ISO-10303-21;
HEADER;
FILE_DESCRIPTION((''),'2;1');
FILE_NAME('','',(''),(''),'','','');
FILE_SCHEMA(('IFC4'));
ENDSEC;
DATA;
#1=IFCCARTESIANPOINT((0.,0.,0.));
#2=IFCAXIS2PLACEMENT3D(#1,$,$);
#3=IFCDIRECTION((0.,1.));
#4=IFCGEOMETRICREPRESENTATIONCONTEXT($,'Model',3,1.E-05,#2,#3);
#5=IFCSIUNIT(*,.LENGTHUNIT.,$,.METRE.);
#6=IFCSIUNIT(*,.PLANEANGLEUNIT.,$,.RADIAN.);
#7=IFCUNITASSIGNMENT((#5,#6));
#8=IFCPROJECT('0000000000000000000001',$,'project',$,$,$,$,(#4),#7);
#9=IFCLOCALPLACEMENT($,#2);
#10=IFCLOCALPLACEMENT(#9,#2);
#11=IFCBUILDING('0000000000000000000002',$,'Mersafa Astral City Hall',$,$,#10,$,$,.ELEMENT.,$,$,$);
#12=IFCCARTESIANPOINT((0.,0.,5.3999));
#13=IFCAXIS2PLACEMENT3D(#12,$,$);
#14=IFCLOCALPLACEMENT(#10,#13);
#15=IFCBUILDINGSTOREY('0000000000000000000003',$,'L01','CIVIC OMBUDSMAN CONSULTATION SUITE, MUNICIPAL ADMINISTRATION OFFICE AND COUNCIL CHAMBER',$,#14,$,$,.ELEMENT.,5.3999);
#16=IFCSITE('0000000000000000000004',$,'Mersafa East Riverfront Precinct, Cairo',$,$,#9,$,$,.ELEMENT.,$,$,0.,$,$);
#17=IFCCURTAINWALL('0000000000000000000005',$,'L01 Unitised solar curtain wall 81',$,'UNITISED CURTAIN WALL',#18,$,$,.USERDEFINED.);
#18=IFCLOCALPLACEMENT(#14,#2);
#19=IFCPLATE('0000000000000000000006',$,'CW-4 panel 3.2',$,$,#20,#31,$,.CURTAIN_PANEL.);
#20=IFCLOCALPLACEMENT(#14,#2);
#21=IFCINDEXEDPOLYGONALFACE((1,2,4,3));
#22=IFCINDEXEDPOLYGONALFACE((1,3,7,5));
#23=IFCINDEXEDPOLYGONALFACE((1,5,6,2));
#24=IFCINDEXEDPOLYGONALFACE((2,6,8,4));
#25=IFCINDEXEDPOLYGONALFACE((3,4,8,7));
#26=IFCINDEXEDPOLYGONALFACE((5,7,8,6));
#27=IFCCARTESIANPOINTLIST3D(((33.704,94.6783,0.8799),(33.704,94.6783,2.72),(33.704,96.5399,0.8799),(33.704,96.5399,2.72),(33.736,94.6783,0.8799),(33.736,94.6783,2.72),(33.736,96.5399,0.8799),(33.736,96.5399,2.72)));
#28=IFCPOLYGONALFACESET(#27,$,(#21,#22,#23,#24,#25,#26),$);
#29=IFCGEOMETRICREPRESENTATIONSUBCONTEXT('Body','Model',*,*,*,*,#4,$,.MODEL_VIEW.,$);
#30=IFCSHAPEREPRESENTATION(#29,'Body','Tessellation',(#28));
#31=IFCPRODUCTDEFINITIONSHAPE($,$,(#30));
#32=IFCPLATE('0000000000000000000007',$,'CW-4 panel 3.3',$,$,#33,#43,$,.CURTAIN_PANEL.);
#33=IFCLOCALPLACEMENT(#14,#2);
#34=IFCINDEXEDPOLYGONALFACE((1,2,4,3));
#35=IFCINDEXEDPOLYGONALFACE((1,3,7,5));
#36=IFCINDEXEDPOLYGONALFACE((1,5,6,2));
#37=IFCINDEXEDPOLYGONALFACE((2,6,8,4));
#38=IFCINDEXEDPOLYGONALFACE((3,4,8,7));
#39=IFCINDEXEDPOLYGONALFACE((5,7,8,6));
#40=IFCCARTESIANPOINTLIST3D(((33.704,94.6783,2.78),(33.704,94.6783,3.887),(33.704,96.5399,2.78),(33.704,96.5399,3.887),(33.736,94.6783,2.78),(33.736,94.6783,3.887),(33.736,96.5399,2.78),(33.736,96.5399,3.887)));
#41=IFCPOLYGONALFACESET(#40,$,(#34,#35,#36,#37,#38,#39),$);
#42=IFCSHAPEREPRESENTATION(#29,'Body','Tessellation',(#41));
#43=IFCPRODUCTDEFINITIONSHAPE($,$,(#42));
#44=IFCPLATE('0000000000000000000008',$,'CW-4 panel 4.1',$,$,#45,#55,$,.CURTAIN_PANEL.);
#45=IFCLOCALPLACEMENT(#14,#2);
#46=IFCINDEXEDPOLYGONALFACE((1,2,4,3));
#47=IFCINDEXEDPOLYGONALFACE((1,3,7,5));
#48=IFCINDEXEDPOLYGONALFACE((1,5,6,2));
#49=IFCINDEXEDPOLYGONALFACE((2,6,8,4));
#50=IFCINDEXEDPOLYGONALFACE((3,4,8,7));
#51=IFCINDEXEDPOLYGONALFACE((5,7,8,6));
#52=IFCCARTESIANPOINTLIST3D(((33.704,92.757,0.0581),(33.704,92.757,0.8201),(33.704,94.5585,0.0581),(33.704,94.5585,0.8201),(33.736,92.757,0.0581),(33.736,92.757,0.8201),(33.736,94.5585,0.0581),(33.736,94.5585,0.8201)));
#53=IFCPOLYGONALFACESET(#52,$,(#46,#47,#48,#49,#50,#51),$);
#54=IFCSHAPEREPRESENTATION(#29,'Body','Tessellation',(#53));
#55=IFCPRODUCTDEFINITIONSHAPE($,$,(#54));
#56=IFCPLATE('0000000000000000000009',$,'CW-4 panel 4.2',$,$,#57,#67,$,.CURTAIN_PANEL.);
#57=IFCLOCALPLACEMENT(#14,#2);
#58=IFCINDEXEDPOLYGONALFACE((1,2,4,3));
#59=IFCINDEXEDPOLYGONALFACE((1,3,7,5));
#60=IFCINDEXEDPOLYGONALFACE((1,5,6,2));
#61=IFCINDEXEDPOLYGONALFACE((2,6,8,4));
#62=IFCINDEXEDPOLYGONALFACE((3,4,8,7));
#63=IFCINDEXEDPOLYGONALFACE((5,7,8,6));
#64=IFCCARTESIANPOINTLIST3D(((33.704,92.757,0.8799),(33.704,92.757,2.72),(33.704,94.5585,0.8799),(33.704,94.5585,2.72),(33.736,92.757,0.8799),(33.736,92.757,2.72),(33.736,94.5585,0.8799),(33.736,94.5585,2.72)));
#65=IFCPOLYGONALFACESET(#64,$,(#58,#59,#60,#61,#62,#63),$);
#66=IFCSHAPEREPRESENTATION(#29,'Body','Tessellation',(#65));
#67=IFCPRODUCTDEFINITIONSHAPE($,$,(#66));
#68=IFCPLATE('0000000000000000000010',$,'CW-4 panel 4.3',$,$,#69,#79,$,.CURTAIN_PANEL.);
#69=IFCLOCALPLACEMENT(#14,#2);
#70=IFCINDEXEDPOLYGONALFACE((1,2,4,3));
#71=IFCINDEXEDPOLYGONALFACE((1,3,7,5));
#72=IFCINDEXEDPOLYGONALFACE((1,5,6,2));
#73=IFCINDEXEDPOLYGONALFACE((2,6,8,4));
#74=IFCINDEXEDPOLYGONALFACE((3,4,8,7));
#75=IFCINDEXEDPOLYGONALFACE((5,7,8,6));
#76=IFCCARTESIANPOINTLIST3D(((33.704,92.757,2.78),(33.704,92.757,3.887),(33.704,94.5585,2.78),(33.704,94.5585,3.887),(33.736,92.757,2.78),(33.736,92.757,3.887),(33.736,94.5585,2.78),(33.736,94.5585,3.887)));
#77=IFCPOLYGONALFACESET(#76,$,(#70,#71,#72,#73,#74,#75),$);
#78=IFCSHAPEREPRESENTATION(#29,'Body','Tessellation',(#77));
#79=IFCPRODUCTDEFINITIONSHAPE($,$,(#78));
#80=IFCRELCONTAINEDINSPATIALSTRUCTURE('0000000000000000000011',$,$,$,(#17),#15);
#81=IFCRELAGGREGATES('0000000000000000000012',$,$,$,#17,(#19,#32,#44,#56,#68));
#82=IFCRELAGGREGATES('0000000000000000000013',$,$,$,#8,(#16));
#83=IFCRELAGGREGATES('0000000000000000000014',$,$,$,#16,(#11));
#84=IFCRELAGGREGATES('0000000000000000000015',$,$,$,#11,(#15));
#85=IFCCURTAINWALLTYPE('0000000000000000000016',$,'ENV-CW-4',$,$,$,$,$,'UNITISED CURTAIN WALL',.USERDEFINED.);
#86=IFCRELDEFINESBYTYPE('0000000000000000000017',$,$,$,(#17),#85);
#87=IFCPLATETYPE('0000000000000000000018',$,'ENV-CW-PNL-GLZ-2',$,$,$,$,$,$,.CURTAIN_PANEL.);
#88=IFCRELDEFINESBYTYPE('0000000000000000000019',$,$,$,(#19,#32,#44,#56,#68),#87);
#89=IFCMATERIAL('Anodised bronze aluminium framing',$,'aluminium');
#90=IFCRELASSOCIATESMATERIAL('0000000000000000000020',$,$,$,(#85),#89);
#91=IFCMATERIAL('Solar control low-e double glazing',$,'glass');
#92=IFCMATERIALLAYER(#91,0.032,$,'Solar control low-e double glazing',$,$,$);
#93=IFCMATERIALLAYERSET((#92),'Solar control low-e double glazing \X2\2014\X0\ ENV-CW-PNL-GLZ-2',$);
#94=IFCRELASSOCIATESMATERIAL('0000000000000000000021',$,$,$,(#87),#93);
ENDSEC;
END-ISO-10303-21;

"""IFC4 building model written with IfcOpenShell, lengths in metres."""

from ifc_helpers import new_model, si_unit, direction, frame, origin, origin_2d, place, context, subcontext, project, spatial, rectangle, extrude, material, layer, layer_set, type_object, element, aggregate, save


model = new_model("IFC4")

# Units and contexts
model_context = context("Model", 3, precision=1e-05, world=origin(), true_north=direction((0.0, 1.0)))
body_context = subcontext(model_context, "Body", "Model", "MODEL_VIEW")
ifc_project = project(units=[si_unit("LENGTHUNIT", "METRE"), si_unit("PLANEANGLEUNIT", "RADIAN")], contexts=[model_context])

# Site, building, storey
site_placement = place(None, origin())
site = spatial("IfcSite", under=ifc_project, at=site_placement, Name="Mersafa East Riverfront Precinct, Cairo", CompositionType="ELEMENT", RefElevation=0.0)
building_placement = place(site_placement, origin())
building = spatial("IfcBuilding", under=site, at=building_placement, Name="Mersafa Astral City Hall", CompositionType="ELEMENT")
storey_placement = place(building_placement, frame((0.0, 0.0, 5.3999)))
storey = spatial("IfcBuildingStorey", under=building, at=storey_placement, Name="L01", Description="CIVIC OMBUDSMAN CONSULTATION SUITE, MUNICIPAL ADMINISTRATION OFFICE AND COUNCIL CHAMBER", CompositionType="ELEMENT", Elevation=5.3999)

# Curtain wall, plates
ifc_material_1 = material(Name="Anodised bronze aluminium framing", Category="aluminium")
curtain_wall_type = type_object("IfcCurtainWallType", Name="ENV-CW-4", ElementType="UNITISED CURTAIN WALL", PredefinedType="USERDEFINED", material=ifc_material_1)
curtain_wall_placement = place(storey_placement, origin())
curtain_wall = element("IfcCurtainWall", 1, at=curtain_wall_placement, inside=storey, type_object=curtain_wall_type, Name="L01 Unitised solar curtain wall 81", ObjectType="UNITISED CURTAIN WALL", PredefinedType="USERDEFINED")
ifc_material_2 = material(Name="Solar control low-e double glazing", Category="glass")
ifc_layer = layer(ifc_material_2, 0.032, Name="Solar control low-e double glazing")
ifc_layer_set = layer_set([ifc_layer], Name="Solar control low-e double glazing — ENV-CW-PNL-GLZ-2")
plate_type = type_object("IfcPlateType", Name="ENV-CW-PNL-GLZ-2", PredefinedType="CURTAIN_PANEL", material=ifc_layer_set)
plate_1_placement = place(storey_placement, frame((33.72, 95.6091, 0.8799), z_axis=(0.0, 0.0, 1.0), x_axis=(0.0, -1.0, 0.0)))
plate_1 = element("IfcPlate", 2, at=plate_1_placement, type_object=plate_type, Name="CW-4 panel 3.2", PredefinedType="CURTAIN_PANEL", context=body_context, shape_type="SweptSolid", body=[
    extrude(rectangle(XDim=1.8616, YDim=0.032, at=origin_2d()), origin(), (0.0, 0.0, 1.0), 1.8401),
])
plate_2_placement = place(storey_placement, frame((33.72, 95.6091, 2.78), z_axis=(0.0, 0.0, 1.0), x_axis=(0.0, -1.0, 0.0)))
plate_2 = element("IfcPlate", 3, at=plate_2_placement, type_object=plate_type, Name="CW-4 panel 3.3", PredefinedType="CURTAIN_PANEL", context=body_context, shape_type="SweptSolid", body=[
    extrude(rectangle(XDim=1.8616, YDim=0.032, at=origin_2d()), origin(), (0.0, 0.0, 1.0), 1.1069),
])
plate_3_placement = place(storey_placement, frame((33.72, 93.6577, 0.0581), z_axis=(0.0, 0.0, 1.0), x_axis=(0.0, -1.0, 0.0)))
plate_3 = element("IfcPlate", 4, at=plate_3_placement, type_object=plate_type, Name="CW-4 panel 4.1", PredefinedType="CURTAIN_PANEL", context=body_context, shape_type="SweptSolid", body=[
    extrude(rectangle(XDim=1.8015, YDim=0.032, at=origin_2d()), origin(), (0.0, 0.0, 1.0), 0.762),
])
plate_4_placement = place(storey_placement, frame((33.72, 93.6577, 0.8799), z_axis=(0.0, 0.0, 1.0), x_axis=(0.0, -1.0, 0.0)))
plate_4 = element("IfcPlate", 5, at=plate_4_placement, type_object=plate_type, Name="CW-4 panel 4.2", PredefinedType="CURTAIN_PANEL", context=body_context, shape_type="SweptSolid", body=[
    extrude(rectangle(XDim=1.8015, YDim=0.032, at=origin_2d()), origin(), (0.0, 0.0, 1.0), 1.8401),
])
plate_5_placement = place(storey_placement, frame((33.72, 93.6577, 2.78), z_axis=(0.0, 0.0, 1.0), x_axis=(0.0, -1.0, 0.0)))
plate_5 = element("IfcPlate", 6, at=plate_5_placement, type_object=plate_type, Name="CW-4 panel 4.3", PredefinedType="CURTAIN_PANEL", context=body_context, shape_type="SweptSolid", body=[
    extrude(rectangle(XDim=1.8015, YDim=0.032, at=origin_2d()), origin(), (0.0, 0.0, 1.0), 1.1069),
])
aggregate(curtain_wall, [plate_1, plate_2, plate_3, plate_4, plate_5])

save(model, "model.ifc")
